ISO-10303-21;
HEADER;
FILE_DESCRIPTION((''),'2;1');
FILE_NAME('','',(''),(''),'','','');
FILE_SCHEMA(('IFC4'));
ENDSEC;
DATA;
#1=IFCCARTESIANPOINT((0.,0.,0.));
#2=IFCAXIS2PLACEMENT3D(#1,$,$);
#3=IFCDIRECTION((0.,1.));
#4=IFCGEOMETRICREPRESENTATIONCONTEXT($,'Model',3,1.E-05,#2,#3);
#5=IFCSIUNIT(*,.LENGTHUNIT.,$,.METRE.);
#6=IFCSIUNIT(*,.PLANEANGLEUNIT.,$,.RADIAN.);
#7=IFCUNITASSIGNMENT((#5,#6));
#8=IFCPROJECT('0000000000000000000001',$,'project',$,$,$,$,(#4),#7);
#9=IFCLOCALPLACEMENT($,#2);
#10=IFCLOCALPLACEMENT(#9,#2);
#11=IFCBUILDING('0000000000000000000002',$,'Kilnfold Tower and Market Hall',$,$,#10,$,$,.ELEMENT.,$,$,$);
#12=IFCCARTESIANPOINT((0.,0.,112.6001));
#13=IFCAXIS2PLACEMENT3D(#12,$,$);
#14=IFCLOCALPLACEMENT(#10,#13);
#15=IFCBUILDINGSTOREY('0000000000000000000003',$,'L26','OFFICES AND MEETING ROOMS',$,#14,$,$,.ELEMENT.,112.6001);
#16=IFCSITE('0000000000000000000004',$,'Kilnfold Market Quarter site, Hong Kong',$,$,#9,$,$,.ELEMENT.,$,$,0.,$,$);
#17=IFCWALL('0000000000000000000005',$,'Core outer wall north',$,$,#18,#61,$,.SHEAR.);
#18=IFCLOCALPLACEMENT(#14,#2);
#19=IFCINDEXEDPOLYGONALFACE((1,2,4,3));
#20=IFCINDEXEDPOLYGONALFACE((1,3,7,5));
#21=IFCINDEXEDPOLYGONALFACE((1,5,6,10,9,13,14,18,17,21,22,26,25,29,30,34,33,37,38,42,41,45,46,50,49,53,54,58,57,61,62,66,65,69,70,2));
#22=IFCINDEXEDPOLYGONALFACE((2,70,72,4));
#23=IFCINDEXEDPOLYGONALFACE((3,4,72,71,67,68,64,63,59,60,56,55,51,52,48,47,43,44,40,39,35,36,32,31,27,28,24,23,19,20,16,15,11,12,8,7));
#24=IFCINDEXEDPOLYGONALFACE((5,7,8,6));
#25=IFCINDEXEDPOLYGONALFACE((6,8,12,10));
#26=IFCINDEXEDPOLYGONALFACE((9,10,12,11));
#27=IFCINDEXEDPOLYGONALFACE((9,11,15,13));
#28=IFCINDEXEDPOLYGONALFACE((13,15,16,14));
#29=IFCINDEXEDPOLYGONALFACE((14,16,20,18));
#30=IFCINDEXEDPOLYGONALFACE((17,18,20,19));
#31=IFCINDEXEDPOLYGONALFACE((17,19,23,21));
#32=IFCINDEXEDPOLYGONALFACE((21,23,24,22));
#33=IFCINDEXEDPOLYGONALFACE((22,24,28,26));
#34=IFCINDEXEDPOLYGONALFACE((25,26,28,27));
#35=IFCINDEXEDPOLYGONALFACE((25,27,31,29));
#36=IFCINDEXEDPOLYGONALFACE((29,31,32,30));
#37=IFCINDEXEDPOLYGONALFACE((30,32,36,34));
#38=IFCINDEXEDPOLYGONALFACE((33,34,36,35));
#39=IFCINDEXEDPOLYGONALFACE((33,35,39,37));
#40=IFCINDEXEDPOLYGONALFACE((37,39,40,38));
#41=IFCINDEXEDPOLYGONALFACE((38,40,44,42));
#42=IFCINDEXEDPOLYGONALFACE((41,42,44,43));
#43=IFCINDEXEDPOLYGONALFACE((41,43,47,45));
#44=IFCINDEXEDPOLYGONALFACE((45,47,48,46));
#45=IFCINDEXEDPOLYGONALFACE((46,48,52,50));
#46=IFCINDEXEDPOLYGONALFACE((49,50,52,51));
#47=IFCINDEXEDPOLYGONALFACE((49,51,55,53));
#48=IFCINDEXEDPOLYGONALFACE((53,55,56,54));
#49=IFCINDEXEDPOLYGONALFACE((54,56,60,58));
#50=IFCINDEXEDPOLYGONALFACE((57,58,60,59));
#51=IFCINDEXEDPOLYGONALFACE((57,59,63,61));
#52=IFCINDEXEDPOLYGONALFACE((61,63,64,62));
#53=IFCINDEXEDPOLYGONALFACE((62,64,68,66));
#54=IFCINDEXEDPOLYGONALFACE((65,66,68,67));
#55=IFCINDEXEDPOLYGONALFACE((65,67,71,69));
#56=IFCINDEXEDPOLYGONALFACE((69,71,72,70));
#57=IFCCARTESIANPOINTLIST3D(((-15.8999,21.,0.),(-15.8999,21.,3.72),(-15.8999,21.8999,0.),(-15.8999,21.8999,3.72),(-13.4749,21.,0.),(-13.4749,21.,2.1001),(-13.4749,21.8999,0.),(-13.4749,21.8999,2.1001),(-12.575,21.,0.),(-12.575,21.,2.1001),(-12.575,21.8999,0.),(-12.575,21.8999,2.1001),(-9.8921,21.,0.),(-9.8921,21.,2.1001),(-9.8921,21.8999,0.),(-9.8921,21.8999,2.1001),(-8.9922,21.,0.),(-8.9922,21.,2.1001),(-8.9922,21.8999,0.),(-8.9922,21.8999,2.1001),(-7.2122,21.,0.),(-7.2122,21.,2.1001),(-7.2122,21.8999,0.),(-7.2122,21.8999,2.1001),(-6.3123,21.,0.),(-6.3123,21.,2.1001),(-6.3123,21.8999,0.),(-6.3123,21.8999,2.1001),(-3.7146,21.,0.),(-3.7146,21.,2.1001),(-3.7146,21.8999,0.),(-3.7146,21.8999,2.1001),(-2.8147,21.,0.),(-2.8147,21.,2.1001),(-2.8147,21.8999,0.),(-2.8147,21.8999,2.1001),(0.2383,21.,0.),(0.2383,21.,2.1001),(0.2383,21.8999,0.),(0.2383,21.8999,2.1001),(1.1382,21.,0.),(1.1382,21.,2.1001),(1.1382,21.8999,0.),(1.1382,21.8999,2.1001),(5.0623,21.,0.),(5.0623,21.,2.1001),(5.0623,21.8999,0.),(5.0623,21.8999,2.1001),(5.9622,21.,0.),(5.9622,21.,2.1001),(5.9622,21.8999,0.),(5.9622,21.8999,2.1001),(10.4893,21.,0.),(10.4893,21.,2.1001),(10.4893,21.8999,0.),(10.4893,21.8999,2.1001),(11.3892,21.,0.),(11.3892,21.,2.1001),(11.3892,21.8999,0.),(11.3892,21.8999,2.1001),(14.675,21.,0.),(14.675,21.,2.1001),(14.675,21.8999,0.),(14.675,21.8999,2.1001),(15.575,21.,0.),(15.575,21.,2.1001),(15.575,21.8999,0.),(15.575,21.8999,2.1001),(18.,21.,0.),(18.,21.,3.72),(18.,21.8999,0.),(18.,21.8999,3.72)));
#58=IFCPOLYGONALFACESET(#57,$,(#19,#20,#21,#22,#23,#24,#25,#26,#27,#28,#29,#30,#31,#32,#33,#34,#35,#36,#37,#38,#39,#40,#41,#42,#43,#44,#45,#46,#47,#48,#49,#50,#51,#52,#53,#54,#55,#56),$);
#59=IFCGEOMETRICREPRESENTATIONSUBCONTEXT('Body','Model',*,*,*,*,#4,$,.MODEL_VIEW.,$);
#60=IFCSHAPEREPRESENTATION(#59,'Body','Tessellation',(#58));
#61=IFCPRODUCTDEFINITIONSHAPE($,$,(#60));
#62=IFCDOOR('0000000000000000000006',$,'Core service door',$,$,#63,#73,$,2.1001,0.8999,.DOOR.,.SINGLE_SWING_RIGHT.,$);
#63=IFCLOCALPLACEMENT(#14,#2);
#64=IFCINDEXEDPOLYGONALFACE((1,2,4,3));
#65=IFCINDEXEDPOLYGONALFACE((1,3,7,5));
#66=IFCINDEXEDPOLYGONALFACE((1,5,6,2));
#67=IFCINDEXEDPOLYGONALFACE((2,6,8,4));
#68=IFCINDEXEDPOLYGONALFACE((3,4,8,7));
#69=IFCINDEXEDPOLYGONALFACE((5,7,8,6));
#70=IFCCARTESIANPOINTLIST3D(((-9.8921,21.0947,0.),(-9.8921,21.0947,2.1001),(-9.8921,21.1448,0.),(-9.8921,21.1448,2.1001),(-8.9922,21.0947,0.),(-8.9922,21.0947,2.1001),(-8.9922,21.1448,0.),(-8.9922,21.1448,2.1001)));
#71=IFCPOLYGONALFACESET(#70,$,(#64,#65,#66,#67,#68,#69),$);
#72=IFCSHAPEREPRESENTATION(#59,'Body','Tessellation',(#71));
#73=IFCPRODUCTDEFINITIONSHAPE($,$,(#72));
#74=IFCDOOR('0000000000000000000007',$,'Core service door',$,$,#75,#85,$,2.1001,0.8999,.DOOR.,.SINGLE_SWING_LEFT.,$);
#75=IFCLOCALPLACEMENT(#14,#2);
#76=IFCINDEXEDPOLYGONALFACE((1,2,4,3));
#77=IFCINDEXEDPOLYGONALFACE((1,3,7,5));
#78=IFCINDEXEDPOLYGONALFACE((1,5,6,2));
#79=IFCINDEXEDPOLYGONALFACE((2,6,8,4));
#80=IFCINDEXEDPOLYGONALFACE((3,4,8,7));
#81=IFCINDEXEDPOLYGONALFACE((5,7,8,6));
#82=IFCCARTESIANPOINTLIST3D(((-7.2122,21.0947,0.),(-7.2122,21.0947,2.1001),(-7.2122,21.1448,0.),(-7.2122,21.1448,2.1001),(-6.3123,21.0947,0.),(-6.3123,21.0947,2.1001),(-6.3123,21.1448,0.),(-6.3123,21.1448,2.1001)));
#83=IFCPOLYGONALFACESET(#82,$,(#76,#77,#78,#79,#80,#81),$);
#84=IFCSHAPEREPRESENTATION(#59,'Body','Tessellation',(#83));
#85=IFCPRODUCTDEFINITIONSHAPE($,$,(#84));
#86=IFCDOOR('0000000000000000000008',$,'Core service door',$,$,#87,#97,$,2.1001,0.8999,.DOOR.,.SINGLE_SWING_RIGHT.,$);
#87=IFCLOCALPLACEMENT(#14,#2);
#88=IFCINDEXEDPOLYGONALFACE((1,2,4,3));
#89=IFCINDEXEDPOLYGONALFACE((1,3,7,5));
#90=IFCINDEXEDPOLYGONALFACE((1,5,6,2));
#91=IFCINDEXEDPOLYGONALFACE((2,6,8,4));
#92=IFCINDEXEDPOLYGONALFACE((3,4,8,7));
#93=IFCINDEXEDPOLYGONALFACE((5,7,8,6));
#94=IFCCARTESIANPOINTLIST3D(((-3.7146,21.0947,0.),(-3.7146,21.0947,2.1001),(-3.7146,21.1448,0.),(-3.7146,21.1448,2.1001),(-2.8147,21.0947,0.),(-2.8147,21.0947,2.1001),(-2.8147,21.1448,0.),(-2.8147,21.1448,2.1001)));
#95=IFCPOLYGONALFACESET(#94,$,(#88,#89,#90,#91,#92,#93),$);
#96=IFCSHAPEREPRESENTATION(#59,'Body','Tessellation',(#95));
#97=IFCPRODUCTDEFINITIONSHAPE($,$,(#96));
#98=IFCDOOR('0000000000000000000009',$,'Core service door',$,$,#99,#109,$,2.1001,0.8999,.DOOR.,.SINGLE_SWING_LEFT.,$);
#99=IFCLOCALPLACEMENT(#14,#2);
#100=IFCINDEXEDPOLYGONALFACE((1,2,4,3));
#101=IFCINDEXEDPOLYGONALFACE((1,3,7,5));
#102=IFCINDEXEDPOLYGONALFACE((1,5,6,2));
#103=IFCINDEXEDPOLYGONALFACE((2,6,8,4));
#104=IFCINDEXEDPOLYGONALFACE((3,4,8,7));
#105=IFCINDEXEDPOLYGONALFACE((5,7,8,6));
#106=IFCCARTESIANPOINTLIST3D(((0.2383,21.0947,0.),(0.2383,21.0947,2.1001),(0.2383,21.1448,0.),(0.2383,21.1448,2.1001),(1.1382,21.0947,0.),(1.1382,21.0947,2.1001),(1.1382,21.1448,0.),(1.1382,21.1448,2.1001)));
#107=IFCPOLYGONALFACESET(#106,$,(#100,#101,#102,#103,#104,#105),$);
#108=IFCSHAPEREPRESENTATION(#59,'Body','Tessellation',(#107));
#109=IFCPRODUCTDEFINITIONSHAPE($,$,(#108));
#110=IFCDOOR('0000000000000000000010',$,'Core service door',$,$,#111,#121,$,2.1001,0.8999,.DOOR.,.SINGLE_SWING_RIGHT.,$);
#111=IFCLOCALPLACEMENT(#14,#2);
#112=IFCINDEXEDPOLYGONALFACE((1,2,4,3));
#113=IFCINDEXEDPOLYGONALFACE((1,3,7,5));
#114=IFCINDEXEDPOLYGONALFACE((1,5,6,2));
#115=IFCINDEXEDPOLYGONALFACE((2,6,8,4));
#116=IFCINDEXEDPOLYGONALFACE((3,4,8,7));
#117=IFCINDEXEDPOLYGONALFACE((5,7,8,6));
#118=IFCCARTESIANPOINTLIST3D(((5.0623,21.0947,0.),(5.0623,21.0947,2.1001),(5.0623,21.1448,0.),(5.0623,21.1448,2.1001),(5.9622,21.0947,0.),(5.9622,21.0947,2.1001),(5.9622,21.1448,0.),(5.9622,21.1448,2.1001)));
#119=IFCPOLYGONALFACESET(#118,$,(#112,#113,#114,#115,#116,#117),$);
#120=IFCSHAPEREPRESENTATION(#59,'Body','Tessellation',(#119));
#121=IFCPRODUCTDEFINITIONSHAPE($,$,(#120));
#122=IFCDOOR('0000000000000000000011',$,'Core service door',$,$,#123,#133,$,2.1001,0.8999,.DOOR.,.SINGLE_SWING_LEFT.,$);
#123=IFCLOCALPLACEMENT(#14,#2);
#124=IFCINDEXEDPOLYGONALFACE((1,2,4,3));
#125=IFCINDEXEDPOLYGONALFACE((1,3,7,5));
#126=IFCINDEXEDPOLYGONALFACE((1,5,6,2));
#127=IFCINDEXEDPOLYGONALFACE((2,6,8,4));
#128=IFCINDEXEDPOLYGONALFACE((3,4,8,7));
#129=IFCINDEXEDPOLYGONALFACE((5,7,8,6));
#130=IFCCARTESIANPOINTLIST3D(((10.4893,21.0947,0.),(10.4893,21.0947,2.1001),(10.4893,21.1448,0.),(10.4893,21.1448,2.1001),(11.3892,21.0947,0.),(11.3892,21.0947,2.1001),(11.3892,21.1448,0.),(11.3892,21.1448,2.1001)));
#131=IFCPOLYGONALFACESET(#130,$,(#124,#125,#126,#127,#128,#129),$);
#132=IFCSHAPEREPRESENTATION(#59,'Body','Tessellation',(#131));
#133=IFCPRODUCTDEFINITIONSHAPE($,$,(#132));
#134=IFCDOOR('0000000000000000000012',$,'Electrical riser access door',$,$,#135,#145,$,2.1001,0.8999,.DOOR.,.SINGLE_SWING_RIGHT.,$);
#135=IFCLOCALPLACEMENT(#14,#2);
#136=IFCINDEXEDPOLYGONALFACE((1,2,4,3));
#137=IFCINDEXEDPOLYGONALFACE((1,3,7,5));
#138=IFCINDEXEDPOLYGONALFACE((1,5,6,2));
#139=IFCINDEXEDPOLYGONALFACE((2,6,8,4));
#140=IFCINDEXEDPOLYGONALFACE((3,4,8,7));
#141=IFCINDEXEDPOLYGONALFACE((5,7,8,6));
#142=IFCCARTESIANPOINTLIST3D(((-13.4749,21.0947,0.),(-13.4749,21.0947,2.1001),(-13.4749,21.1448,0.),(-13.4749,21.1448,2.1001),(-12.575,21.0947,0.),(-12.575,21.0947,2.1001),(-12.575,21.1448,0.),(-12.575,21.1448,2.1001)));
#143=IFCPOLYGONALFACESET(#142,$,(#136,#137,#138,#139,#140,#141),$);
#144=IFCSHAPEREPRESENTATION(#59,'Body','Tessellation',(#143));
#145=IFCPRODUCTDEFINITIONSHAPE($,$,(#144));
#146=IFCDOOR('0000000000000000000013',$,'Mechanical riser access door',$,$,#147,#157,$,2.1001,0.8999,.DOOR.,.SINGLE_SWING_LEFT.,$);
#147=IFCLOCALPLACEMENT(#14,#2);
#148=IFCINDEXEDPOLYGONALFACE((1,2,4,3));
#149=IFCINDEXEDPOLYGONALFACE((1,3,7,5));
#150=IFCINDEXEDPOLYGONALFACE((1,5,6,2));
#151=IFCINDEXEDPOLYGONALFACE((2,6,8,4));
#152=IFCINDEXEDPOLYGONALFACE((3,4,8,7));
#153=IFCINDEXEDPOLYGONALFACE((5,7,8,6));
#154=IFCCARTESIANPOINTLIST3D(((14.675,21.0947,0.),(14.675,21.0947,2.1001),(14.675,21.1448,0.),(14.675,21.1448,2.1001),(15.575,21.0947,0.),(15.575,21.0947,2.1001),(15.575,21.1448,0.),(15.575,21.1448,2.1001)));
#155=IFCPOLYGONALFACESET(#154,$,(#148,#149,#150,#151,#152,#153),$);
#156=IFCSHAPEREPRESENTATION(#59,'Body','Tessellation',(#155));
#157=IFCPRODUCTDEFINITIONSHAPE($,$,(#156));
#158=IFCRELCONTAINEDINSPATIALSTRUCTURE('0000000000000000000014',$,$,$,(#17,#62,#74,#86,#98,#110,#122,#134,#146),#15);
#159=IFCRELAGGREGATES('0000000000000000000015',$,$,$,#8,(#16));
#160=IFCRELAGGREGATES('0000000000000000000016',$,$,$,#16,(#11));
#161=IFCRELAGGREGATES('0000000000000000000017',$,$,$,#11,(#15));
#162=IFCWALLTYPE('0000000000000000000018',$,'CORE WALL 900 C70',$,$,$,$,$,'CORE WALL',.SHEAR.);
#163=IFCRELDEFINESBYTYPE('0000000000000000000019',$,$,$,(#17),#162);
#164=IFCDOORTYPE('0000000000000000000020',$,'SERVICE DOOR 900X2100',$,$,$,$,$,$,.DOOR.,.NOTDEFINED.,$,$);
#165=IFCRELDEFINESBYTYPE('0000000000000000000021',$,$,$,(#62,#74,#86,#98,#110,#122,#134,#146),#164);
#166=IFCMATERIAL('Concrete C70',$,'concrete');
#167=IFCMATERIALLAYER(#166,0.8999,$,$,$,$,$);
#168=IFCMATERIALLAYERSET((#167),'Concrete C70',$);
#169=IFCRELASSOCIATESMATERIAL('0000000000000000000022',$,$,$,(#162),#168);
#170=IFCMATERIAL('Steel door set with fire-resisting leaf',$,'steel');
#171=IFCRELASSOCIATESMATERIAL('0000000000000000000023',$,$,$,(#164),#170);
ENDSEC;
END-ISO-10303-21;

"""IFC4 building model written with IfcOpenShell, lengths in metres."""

from ifc_helpers import new_model, si_unit, direction, frame, frame_2d, origin, place, context, subcontext, project, spatial, rectangle, extrude, source, transform, mapped, material, layer, layer_set, type_object, element, fill, save


model = new_model("IFC4")

# Units and contexts
model_context = context("Model", 3, precision=1e-05, world=origin(), true_north=direction((0.0, 1.0)))
body_context = subcontext(model_context, "Body", "Model", "MODEL_VIEW")
ifc_project = project(units=[si_unit("LENGTHUNIT", "METRE"), si_unit("PLANEANGLEUNIT", "RADIAN")], contexts=[model_context])

# Site, building, storey
site_placement = place(None, origin())
site = spatial("IfcSite", under=ifc_project, at=site_placement, Name="Kilnfold Market Quarter site, Hong Kong", CompositionType="ELEMENT", RefElevation=0.0)
building_placement = place(site_placement, origin())
building = spatial("IfcBuilding", under=site, at=building_placement, Name="Kilnfold Tower and Market Hall", CompositionType="ELEMENT")
storey_placement = place(building_placement, frame((0.0, 0.0, 112.6001)))
storey = spatial("IfcBuildingStorey", under=building, at=storey_placement, Name="L26", Description="OFFICES AND MEETING ROOMS", CompositionType="ELEMENT", Elevation=112.6001)

# Wall, openings, doors
ifc_material_1 = material(Name="Concrete C70", Category="concrete")
ifc_layer_1 = layer(ifc_material_1, 0.8999)
ifc_layer_set_1 = layer_set([ifc_layer_1], Name="Concrete C70")
wall_type_1 = type_object("IfcWallType", Name="CORE WALL 900 C70", ElementType="CORE WALL", PredefinedType="SHEAR", material=ifc_layer_set_1)
shared_shape_1 = source(origin(), body_context, "Body", "SweptSolid", [
    extrude(rectangle(XDim=33.8999, YDim=0.8999, at=frame_2d((16.95, 0.0))), origin(), (0.0, 0.0, 1.0), 3.72),
])
wall_1_placement = place(storey_placement, frame((-15.8999, 21.45, 0.0), z_axis=(0.0, 0.0, 1.0), x_axis=(1.0, 0.0, 0.0)))
wall_1 = element("IfcWall", 1, at=wall_1_placement, inside=storey, type_object=wall_type_1, Name="Core outer wall north", PredefinedType="SHEAR", context=body_context, shape_type="MappedRepresentation", body=[
    mapped(shared_shape_1, transform((0.0, 0.0, 0.0))),
])
opening_1_placement = place(wall_1_placement, frame((6.0078, 0.0, 0.0)))
opening_1 = element("IfcOpeningElement", 2, at=opening_1_placement, cuts=wall_1, PredefinedType="OPENING", context=body_context, shape_type="SweptSolid", body=[
    extrude(rectangle(XDim=0.8999, YDim=2.1001, at=frame_2d((0.45, 1.05))), frame((0.0, 0.46, 0.0), z_axis=(0.0, -1.0, 0.0), x_axis=(1.0, 0.0, 0.0)), (0.0, 0.0, 1.0), 0.9199),
])
opening_2_placement = place(wall_1_placement, frame((8.6877, 0.0, 0.0)))
opening_2 = element("IfcOpeningElement", 3, at=opening_2_placement, cuts=wall_1, PredefinedType="OPENING", context=body_context, shape_type="SweptSolid", body=[
    extrude(rectangle(XDim=0.8999, YDim=2.1001, at=frame_2d((0.45, 1.05))), frame((0.0, 0.46, 0.0), z_axis=(0.0, -1.0, 0.0), x_axis=(1.0, 0.0, 0.0)), (0.0, 0.0, 1.0), 0.9199),
])
opening_3_placement = place(wall_1_placement, frame((12.1853, 0.0, 0.0)))
opening_3 = element("IfcOpeningElement", 4, at=opening_3_placement, cuts=wall_1, PredefinedType="OPENING", context=body_context, shape_type="SweptSolid", body=[
    extrude(rectangle(XDim=0.8999, YDim=2.1001, at=frame_2d((0.45, 1.05))), frame((0.0, 0.46, 0.0), z_axis=(0.0, -1.0, 0.0), x_axis=(1.0, 0.0, 0.0)), (0.0, 0.0, 1.0), 0.9199),
])
opening_4_placement = place(wall_1_placement, frame((16.1382, 0.0, 0.0)))
opening_4 = element("IfcOpeningElement", 5, at=opening_4_placement, cuts=wall_1, PredefinedType="OPENING", context=body_context, shape_type="SweptSolid", body=[
    extrude(rectangle(XDim=0.8999, YDim=2.1001, at=frame_2d((0.45, 1.05))), frame((0.0, 0.46, 0.0), z_axis=(0.0, -1.0, 0.0), x_axis=(1.0, 0.0, 0.0)), (0.0, 0.0, 1.0), 0.9199),
])
opening_5_placement = place(wall_1_placement, frame((20.9622, 0.0, 0.0)))
opening_5 = element("IfcOpeningElement", 6, at=opening_5_placement, cuts=wall_1, PredefinedType="OPENING", context=body_context, shape_type="SweptSolid", body=[
    extrude(rectangle(XDim=0.8999, YDim=2.1001, at=frame_2d((0.45, 1.05))), frame((0.0, 0.46, 0.0), z_axis=(0.0, -1.0, 0.0), x_axis=(1.0, 0.0, 0.0)), (0.0, 0.0, 1.0), 0.9199),
])
opening_6_placement = place(wall_1_placement, frame((26.3892, 0.0, 0.0)))
opening_6 = element("IfcOpeningElement", 7, at=opening_6_placement, cuts=wall_1, PredefinedType="OPENING", context=body_context, shape_type="SweptSolid", body=[
    extrude(rectangle(XDim=0.8999, YDim=2.1001, at=frame_2d((0.45, 1.05))), frame((0.0, 0.46, 0.0), z_axis=(0.0, -1.0, 0.0), x_axis=(1.0, 0.0, 0.0)), (0.0, 0.0, 1.0), 0.9199),
])
opening_7_placement = place(wall_1_placement, frame((2.425, 0.0, 0.0)))
opening_7 = element("IfcOpeningElement", 8, at=opening_7_placement, cuts=wall_1, PredefinedType="OPENING", context=body_context, shape_type="SweptSolid", body=[
    extrude(rectangle(XDim=0.8999, YDim=2.1001, at=frame_2d((0.45, 1.05))), frame((0.0, 0.46, 0.0), z_axis=(0.0, -1.0, 0.0), x_axis=(1.0, 0.0, 0.0)), (0.0, 0.0, 1.0), 0.9199),
])
opening_8_placement = place(wall_1_placement, frame((30.575, 0.0, 0.0)))
opening_8 = element("IfcOpeningElement", 9, at=opening_8_placement, cuts=wall_1, PredefinedType="OPENING", context=body_context, shape_type="SweptSolid", body=[
    extrude(rectangle(XDim=0.8999, YDim=2.1001, at=frame_2d((0.45, 1.05))), frame((0.0, 0.46, 0.0), z_axis=(0.0, -1.0, 0.0), x_axis=(1.0, 0.0, 0.0)), (0.0, 0.0, 1.0), 0.9199),
])
ifc_material_2 = material(Name="Steel door set with fire-resisting leaf", Category="steel")
door_type = type_object("IfcDoorType", Name="SERVICE DOOR 900X2100", OperationType="NOTDEFINED", PredefinedType="DOOR", material=ifc_material_2)
door_1_placement = place(opening_1_placement, origin())
door_1 = element("IfcDoor", 10, at=door_1_placement, inside=storey, type_object=door_type, Name="Core service door", OperationType="SINGLE_SWING_RIGHT", OverallHeight=2.1001, OverallWidth=0.8999, PredefinedType="DOOR", context=body_context, shape_type="SweptSolid", body=[
    extrude(rectangle(XDim=0.8999, YDim=2.1001, at=frame_2d((0.45, 1.05))), frame((0.0, -0.3052, 0.0), z_axis=(0.0, -1.0, 0.0), x_axis=(1.0, 0.0, 0.0)), (0.0, 0.0, 1.0), 0.05),
])
fill(opening_1, door_1)
door_2_placement = place(opening_2_placement, origin())
door_2 = element("IfcDoor", 11, at=door_2_placement, inside=storey, type_object=door_type, Name="Core service door", OperationType="SINGLE_SWING_LEFT", OverallHeight=2.1001, OverallWidth=0.8999, PredefinedType="DOOR", context=body_context, shape_type="SweptSolid", body=[
    extrude(rectangle(XDim=0.8999, YDim=2.1001, at=frame_2d((0.45, 1.05))), frame((0.0, -0.3052, 0.0), z_axis=(0.0, -1.0, 0.0), x_axis=(1.0, 0.0, 0.0)), (0.0, 0.0, 1.0), 0.05),
])
fill(opening_2, door_2)
door_3_placement = place(opening_3_placement, origin())
door_3 = element("IfcDoor", 12, at=door_3_placement, inside=storey, type_object=door_type, Name="Core service door", OperationType="SINGLE_SWING_RIGHT", OverallHeight=2.1001, OverallWidth=0.8999, PredefinedType="DOOR", context=body_context, shape_type="SweptSolid", body=[
    extrude(rectangle(XDim=0.8999, YDim=2.1001, at=frame_2d((0.45, 1.05))), frame((0.0, -0.3052, 0.0), z_axis=(0.0, -1.0, 0.0), x_axis=(1.0, 0.0, 0.0)), (0.0, 0.0, 1.0), 0.05),
])
fill(opening_3, door_3)
door_4_placement = place(opening_4_placement, origin())
door_4 = element("IfcDoor", 13, at=door_4_placement, inside=storey, type_object=door_type, Name="Core service door", OperationType="SINGLE_SWING_LEFT", OverallHeight=2.1001, OverallWidth=0.8999, PredefinedType="DOOR", context=body_context, shape_type="SweptSolid", body=[
    extrude(rectangle(XDim=0.8999, YDim=2.1001, at=frame_2d((0.45, 1.05))), frame((0.0, -0.3052, 0.0), z_axis=(0.0, -1.0, 0.0), x_axis=(1.0, 0.0, 0.0)), (0.0, 0.0, 1.0), 0.05),
])
fill(opening_4, door_4)
door_5_placement = place(opening_5_placement, origin())
door_5 = element("IfcDoor", 14, at=door_5_placement, inside=storey, type_object=door_type, Name="Core service door", OperationType="SINGLE_SWING_RIGHT", OverallHeight=2.1001, OverallWidth=0.8999, PredefinedType="DOOR", context=body_context, shape_type="SweptSolid", body=[
    extrude(rectangle(XDim=0.8999, YDim=2.1001, at=frame_2d((0.45, 1.05))), frame((0.0, -0.3052, 0.0), z_axis=(0.0, -1.0, 0.0), x_axis=(1.0, 0.0, 0.0)), (0.0, 0.0, 1.0), 0.05),
])
fill(opening_5, door_5)
door_6_placement = place(opening_6_placement, origin())
door_6 = element("IfcDoor", 15, at=door_6_placement, inside=storey, type_object=door_type, Name="Core service door", OperationType="SINGLE_SWING_LEFT", OverallHeight=2.1001, OverallWidth=0.8999, PredefinedType="DOOR", context=body_context, shape_type="SweptSolid", body=[
    extrude(rectangle(XDim=0.8999, YDim=2.1001, at=frame_2d((0.45, 1.05))), frame((0.0, -0.3052, 0.0), z_axis=(0.0, -1.0, 0.0), x_axis=(1.0, 0.0, 0.0)), (0.0, 0.0, 1.0), 0.05),
])
fill(opening_6, door_6)
door_7_placement = place(opening_7_placement, origin())
door_7 = element("IfcDoor", 16, at=door_7_placement, inside=storey, type_object=door_type, Name="Electrical riser access door", OperationType="SINGLE_SWING_RIGHT", OverallHeight=2.1001, OverallWidth=0.8999, PredefinedType="DOOR", context=body_context, shape_type="SweptSolid", body=[
    extrude(rectangle(XDim=0.8999, YDim=2.1001, at=frame_2d((0.45, 1.05))), frame((0.0, -0.3052, 0.0), z_axis=(0.0, -1.0, 0.0), x_axis=(1.0, 0.0, 0.0)), (0.0, 0.0, 1.0), 0.05),
])
fill(opening_7, door_7)
door_8_placement = place(opening_8_placement, origin())
door_8 = element("IfcDoor", 17, at=door_8_placement, inside=storey, type_object=door_type, Name="Mechanical riser access door", OperationType="SINGLE_SWING_LEFT", OverallHeight=2.1001, OverallWidth=0.8999, PredefinedType="DOOR", context=body_context, shape_type="SweptSolid", body=[
    extrude(rectangle(XDim=0.8999, YDim=2.1001, at=frame_2d((0.45, 1.05))), frame((0.0, -0.3052, 0.0), z_axis=(0.0, -1.0, 0.0), x_axis=(1.0, 0.0, 0.0)), (0.0, 0.0, 1.0), 0.05),
])
fill(opening_8, door_8)

save(model, "model.ifc")
